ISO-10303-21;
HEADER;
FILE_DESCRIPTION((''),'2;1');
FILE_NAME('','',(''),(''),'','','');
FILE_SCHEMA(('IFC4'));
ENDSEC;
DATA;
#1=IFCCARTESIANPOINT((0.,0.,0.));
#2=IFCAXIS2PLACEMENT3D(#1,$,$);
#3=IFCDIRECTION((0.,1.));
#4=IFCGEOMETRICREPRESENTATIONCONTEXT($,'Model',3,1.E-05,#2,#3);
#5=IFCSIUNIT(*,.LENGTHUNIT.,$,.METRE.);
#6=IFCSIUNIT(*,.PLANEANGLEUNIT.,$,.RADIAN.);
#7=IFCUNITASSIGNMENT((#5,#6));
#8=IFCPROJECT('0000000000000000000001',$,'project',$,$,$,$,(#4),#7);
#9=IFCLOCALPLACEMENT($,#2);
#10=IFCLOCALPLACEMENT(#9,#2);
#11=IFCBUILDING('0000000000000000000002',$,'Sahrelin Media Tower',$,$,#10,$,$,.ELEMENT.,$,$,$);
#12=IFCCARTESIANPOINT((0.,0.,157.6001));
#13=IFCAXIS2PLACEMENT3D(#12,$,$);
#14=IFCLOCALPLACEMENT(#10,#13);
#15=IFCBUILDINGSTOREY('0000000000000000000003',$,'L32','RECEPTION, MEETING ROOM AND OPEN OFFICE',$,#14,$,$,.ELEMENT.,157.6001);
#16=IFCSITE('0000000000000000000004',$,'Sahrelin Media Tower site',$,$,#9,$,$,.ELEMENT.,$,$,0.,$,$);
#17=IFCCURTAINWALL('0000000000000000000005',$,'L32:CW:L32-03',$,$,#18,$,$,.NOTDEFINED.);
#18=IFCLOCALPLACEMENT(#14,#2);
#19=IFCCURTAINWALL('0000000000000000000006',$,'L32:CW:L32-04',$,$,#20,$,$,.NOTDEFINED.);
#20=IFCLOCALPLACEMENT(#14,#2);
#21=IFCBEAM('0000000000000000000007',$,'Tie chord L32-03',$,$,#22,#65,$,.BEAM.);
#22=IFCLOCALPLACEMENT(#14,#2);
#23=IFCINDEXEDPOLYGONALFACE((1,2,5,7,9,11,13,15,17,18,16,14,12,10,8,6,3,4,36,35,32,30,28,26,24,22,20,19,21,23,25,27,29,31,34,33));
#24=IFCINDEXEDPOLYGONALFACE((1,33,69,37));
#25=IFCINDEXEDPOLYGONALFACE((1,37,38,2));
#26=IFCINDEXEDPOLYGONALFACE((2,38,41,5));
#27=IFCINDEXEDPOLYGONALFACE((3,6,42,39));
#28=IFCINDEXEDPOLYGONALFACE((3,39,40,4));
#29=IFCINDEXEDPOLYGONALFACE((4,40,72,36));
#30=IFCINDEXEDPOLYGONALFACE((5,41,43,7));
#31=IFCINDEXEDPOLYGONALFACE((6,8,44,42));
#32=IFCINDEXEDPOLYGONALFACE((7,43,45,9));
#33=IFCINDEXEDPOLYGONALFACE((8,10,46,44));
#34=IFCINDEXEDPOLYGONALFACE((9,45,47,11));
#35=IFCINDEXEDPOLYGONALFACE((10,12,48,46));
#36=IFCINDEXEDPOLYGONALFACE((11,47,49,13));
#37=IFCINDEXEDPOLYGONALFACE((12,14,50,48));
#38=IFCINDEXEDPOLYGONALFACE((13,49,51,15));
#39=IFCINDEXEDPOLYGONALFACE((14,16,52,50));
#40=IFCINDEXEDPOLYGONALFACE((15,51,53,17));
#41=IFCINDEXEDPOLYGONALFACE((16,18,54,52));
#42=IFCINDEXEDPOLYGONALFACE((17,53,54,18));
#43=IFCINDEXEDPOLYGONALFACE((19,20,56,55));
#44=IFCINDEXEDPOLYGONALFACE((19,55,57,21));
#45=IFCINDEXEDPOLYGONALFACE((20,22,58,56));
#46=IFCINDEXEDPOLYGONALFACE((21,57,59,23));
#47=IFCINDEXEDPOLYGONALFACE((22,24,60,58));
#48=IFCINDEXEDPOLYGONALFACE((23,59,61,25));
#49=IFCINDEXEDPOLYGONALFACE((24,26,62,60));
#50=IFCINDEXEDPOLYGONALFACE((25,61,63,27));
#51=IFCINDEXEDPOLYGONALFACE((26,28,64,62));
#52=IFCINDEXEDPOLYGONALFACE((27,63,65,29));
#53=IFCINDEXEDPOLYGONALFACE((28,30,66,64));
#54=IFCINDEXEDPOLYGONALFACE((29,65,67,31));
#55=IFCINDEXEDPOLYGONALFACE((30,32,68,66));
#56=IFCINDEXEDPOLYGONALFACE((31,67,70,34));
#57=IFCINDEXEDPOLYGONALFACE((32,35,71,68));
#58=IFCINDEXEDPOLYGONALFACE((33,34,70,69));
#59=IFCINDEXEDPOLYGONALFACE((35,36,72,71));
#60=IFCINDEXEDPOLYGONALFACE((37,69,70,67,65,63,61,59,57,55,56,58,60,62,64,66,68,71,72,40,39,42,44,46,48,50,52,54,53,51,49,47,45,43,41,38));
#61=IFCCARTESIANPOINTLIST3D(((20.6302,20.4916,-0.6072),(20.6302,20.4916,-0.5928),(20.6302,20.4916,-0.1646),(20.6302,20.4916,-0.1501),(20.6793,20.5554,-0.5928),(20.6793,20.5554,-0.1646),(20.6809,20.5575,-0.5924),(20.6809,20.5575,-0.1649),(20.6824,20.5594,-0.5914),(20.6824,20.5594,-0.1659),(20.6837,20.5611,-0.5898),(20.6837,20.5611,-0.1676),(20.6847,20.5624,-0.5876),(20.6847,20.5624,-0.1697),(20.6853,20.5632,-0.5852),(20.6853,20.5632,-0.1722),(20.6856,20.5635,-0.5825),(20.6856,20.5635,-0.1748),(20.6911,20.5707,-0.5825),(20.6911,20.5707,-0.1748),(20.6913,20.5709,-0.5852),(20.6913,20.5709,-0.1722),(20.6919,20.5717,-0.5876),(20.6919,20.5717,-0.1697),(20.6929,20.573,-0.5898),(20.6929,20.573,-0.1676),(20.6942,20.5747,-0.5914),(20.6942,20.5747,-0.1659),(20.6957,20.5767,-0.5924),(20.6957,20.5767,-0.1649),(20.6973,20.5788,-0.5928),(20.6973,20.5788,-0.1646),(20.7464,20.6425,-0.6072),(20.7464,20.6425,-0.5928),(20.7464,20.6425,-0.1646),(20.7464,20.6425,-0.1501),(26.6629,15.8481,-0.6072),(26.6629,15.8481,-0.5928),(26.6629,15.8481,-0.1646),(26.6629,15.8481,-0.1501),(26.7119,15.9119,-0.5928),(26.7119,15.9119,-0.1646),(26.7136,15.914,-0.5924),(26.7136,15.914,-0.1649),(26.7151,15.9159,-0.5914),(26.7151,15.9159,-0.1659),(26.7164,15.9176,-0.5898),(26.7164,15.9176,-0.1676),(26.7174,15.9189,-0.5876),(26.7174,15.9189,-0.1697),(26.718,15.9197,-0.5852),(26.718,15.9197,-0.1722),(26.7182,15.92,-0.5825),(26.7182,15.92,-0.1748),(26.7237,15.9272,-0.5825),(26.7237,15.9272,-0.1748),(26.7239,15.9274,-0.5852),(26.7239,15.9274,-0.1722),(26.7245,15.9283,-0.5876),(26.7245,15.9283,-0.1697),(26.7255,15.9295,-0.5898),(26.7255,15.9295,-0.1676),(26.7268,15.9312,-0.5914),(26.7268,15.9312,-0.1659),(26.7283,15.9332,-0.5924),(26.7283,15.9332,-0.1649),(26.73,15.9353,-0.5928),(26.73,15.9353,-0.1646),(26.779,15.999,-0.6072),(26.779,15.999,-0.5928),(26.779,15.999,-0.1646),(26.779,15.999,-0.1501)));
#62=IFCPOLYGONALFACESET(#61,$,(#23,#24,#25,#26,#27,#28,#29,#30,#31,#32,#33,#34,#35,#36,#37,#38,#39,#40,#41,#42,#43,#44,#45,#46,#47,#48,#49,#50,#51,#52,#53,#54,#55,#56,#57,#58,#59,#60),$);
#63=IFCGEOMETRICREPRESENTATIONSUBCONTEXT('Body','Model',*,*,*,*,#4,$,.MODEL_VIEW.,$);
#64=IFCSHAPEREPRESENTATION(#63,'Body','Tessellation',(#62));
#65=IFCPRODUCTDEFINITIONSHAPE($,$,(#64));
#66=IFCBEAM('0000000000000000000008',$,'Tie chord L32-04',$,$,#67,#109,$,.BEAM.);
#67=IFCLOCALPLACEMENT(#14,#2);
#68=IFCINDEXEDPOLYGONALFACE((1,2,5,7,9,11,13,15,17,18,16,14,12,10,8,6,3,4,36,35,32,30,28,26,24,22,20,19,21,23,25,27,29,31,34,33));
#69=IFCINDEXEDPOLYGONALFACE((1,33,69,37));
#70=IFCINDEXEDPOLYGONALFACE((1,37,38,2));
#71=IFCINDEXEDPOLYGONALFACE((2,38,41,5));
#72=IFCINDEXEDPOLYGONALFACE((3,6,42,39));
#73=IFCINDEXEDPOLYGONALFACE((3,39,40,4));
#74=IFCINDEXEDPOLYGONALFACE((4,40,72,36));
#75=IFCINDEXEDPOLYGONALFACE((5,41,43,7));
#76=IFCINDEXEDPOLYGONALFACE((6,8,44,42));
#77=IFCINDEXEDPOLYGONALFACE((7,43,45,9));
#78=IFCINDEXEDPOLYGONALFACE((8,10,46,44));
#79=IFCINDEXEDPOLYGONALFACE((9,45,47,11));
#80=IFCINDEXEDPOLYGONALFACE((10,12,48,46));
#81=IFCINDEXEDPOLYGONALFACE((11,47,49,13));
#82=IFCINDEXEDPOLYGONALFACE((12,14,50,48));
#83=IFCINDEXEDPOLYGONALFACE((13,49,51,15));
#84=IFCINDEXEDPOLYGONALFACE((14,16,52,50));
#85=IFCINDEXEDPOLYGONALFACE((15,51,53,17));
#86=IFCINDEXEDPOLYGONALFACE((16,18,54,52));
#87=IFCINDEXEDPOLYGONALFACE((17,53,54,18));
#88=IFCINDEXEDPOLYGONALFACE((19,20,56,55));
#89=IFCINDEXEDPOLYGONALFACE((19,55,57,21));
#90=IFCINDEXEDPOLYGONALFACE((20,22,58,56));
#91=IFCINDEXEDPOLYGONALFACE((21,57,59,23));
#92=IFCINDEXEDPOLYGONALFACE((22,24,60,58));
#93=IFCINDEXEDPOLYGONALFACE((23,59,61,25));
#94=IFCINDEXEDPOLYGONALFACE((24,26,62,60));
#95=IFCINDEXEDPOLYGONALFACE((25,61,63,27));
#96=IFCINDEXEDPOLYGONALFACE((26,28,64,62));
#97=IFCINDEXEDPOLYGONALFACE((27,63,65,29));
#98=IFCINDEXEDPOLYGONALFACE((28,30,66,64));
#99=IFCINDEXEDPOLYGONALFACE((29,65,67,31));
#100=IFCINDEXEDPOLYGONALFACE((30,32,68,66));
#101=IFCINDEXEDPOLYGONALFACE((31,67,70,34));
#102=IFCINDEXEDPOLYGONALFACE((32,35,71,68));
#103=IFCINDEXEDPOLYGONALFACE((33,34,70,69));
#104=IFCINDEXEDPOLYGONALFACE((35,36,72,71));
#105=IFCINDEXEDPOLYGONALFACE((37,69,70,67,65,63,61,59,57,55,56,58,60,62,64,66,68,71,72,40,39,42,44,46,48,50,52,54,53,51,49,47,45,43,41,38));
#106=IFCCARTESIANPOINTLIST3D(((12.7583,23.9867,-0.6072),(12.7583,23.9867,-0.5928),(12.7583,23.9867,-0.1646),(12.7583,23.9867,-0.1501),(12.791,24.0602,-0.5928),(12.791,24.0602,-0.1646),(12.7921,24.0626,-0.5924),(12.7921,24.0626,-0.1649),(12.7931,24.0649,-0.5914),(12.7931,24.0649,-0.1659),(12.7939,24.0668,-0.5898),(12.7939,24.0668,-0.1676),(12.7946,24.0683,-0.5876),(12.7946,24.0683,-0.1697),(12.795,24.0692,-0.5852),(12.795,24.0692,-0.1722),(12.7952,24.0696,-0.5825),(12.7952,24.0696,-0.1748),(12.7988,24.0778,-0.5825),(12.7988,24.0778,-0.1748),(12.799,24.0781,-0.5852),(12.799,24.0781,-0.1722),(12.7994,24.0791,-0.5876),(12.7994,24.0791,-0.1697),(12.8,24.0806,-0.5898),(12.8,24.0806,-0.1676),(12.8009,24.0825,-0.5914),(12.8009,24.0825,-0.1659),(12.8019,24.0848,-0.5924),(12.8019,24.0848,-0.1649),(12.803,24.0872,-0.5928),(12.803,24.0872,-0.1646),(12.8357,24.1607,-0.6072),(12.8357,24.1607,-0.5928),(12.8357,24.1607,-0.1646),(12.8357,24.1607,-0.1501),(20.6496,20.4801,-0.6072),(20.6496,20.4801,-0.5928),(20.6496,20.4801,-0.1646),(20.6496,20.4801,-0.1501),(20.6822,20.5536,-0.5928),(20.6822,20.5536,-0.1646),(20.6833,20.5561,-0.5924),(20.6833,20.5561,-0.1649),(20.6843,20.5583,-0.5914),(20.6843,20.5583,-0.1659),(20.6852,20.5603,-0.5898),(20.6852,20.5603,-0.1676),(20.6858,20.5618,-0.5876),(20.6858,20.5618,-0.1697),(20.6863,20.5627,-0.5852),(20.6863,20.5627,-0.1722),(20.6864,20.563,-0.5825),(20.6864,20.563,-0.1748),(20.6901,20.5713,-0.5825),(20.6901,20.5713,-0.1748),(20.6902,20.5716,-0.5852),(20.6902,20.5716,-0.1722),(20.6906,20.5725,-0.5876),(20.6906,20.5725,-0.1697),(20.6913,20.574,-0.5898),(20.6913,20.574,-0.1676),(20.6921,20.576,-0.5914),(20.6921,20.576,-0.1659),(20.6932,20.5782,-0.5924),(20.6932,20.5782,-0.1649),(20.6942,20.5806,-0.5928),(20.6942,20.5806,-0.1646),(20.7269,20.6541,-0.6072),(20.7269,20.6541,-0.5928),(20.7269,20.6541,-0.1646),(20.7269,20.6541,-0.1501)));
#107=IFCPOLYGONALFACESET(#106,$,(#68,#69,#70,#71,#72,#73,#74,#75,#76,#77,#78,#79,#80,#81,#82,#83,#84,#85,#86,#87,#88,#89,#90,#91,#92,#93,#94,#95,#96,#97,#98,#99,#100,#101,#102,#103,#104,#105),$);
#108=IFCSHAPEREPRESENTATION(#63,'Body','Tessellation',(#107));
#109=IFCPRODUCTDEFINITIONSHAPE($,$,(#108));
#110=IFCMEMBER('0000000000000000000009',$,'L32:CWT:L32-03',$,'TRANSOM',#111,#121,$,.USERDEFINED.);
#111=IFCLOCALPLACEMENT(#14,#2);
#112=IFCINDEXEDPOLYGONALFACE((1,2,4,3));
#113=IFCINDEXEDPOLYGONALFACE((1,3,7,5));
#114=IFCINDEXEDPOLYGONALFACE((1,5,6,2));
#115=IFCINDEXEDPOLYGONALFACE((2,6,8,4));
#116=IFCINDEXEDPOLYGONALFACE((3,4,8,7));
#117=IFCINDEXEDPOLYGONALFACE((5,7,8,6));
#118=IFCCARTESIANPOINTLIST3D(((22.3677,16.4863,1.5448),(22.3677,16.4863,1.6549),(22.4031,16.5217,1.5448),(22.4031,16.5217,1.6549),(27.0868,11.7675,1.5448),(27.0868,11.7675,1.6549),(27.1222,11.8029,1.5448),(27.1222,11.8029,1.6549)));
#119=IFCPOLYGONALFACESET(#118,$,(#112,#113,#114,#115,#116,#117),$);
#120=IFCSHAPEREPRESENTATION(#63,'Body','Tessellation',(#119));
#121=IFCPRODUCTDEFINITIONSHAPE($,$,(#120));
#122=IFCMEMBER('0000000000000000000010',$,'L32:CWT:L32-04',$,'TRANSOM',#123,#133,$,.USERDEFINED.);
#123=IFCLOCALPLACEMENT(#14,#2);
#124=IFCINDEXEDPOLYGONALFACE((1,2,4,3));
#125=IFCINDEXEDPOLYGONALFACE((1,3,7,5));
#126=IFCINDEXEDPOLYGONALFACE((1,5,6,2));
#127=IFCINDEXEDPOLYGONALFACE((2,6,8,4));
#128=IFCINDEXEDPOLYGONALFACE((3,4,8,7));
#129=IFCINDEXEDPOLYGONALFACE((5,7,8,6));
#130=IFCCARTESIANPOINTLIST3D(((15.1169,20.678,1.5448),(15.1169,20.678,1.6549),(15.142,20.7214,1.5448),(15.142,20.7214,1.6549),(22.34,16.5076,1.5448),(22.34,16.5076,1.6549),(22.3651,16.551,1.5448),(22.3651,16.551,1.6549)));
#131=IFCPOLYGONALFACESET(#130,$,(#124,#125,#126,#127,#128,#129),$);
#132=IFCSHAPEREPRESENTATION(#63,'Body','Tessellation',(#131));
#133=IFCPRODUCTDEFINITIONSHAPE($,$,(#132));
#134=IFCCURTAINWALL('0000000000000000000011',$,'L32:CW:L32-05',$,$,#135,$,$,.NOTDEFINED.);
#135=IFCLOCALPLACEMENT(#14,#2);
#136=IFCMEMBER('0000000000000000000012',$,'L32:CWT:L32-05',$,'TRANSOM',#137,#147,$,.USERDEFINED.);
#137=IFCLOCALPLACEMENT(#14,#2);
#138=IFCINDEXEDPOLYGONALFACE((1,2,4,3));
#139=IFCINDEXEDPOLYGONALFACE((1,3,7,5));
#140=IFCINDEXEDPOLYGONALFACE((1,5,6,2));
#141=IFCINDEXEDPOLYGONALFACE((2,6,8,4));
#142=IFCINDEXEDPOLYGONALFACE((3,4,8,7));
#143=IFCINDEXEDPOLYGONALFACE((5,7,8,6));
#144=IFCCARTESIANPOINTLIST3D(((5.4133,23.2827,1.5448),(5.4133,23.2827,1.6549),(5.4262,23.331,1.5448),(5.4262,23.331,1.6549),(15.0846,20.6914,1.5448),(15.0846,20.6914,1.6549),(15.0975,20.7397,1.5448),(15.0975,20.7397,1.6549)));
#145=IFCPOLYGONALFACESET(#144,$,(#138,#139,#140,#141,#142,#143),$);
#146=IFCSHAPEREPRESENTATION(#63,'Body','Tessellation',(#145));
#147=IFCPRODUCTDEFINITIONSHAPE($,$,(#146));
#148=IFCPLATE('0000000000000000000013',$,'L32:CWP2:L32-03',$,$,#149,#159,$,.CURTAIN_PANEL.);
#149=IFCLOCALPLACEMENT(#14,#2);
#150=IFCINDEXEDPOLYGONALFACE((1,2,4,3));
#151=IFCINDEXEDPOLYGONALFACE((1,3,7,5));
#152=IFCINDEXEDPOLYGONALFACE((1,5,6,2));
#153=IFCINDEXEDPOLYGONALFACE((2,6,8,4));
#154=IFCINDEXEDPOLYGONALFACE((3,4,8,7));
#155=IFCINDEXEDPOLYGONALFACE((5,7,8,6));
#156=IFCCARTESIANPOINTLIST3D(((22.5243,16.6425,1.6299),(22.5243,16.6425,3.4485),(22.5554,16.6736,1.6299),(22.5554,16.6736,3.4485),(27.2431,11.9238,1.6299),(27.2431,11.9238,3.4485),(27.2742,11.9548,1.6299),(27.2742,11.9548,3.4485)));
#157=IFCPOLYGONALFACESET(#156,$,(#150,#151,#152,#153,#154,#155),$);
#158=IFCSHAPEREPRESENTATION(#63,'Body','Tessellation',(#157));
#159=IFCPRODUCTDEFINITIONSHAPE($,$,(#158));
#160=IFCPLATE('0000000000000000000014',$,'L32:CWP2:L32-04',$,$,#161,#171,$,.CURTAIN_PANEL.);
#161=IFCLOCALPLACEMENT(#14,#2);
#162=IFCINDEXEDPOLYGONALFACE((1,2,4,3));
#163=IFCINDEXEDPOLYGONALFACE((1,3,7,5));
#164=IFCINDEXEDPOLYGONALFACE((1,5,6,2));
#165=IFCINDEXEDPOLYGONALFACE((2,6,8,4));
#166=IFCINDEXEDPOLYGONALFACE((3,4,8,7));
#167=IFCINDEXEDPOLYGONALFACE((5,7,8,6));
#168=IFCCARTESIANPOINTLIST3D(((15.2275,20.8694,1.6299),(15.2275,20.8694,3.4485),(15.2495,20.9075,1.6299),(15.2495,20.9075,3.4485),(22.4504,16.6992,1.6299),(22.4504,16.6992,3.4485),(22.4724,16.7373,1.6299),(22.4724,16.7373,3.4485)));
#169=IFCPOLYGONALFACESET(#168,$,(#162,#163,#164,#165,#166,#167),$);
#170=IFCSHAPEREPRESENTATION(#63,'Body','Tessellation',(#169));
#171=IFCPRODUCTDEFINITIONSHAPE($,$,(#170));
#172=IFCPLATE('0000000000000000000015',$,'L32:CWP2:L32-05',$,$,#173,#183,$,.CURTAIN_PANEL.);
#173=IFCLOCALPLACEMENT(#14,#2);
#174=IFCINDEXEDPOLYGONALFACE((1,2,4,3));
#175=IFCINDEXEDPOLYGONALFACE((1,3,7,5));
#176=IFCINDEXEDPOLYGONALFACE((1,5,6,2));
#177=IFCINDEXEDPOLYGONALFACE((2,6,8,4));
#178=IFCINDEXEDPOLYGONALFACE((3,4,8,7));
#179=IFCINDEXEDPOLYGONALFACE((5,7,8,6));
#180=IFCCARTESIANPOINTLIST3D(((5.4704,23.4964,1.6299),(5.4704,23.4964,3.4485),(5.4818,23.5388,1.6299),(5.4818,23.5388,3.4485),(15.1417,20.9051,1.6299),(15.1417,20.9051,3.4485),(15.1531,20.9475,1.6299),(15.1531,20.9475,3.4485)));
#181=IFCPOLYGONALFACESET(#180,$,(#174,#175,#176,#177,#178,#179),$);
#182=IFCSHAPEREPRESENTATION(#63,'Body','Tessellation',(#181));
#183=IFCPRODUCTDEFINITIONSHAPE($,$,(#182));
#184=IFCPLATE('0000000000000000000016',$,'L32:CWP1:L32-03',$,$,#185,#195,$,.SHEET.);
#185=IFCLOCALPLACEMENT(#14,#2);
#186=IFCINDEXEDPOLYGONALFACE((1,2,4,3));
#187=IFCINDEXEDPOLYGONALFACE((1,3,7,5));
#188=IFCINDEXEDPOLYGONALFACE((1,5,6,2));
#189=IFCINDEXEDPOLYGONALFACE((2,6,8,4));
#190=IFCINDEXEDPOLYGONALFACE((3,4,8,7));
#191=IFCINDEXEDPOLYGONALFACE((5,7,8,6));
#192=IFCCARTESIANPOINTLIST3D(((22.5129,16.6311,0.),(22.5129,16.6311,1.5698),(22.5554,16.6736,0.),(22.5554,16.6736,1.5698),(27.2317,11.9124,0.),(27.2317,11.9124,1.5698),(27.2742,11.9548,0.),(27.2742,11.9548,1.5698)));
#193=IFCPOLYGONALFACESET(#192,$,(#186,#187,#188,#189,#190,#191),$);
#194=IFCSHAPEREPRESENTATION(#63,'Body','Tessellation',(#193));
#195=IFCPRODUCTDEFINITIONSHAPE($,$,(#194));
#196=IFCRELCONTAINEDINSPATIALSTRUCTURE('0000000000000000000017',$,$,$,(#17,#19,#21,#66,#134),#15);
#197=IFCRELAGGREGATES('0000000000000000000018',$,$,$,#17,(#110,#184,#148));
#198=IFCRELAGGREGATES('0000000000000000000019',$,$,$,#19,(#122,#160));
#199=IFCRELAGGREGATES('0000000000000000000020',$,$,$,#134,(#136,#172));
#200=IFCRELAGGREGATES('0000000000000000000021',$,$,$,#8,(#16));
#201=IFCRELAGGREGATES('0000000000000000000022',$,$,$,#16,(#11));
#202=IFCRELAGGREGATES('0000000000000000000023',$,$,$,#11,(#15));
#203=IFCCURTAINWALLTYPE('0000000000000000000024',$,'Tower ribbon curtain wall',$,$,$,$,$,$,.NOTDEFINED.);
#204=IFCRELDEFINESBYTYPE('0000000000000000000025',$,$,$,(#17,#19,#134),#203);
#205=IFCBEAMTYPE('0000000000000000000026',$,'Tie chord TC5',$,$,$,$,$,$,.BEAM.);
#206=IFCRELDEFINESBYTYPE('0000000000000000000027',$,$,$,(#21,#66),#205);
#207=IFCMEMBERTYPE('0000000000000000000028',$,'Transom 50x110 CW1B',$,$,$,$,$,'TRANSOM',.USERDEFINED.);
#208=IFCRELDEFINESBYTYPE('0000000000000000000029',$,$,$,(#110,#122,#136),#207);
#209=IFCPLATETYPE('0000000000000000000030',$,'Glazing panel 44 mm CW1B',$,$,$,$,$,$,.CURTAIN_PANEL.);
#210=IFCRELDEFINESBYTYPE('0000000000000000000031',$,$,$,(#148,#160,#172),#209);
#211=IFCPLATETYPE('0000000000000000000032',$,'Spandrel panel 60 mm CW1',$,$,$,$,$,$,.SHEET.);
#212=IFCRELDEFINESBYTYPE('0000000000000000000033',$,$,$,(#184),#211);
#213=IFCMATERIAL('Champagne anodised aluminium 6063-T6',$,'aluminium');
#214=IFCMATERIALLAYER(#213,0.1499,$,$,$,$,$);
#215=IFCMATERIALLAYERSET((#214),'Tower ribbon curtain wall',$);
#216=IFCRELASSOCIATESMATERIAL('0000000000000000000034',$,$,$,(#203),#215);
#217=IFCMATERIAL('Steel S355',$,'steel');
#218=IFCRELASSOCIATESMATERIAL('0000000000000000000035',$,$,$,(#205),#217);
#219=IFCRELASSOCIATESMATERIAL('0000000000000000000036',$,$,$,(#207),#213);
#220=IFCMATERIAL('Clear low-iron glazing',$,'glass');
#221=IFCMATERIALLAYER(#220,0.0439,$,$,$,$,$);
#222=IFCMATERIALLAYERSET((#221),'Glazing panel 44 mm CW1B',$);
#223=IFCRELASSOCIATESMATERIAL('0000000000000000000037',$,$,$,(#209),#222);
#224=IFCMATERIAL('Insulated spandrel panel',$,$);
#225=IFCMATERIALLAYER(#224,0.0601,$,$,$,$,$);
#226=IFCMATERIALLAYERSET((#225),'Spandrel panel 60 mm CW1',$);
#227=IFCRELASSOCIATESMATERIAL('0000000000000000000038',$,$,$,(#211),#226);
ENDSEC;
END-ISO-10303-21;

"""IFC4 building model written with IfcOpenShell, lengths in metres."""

from ifc_helpers import new_model, si_unit, direction, frame, origin, origin_2d, place, context, subcontext, project, spatial, polyline, rectangle, i_section, outline, extrude, material, layer, layer_set, material_profile, profile_set, type_object, element, aggregate, save


model = new_model("IFC4")

# Units and contexts
model_context = context("Model", 3, precision=1e-05, world=origin(), true_north=direction((0.0, 1.0)))
body_context = subcontext(model_context, "Body", "Model", "MODEL_VIEW")
ifc_project = project(units=[si_unit("LENGTHUNIT", "METRE"), si_unit("PLANEANGLEUNIT", "RADIAN")], contexts=[model_context])

# Site, building, storey
site_placement = place(None, origin())
site = spatial("IfcSite", under=ifc_project, at=site_placement, Name="Sahrelin Media Tower site", CompositionType="ELEMENT", RefElevation=0.0)
building_placement = place(site_placement, origin())
building = spatial("IfcBuilding", under=site, at=building_placement, Name="Sahrelin Media Tower", CompositionType="ELEMENT")
storey_placement = place(building_placement, frame((0.0, 0.0, 157.6001)))
storey = spatial("IfcBuildingStorey", under=building, at=storey_placement, Name="L32", Description="RECEPTION, MEETING ROOM AND OPEN OFFICE", CompositionType="ELEMENT", Elevation=157.6001)

# Shared definitions
ifc_material_1 = material(Name="Steel S355", Category="steel")

# Curtain walls
ifc_material_2 = material(Name="Champagne anodised aluminium 6063-T6", Category="aluminium")
ifc_layer_1 = layer(ifc_material_2, 0.1499)
ifc_layer_set_1 = layer_set([ifc_layer_1], Name="Tower ribbon curtain wall")
curtain_wall_type = type_object("IfcCurtainWallType", Name="Tower ribbon curtain wall", PredefinedType="NOTDEFINED", material=ifc_layer_set_1)
curtain_wall_1_placement = place(storey_placement, frame((24.9006, 14.3003, 0.0), z_axis=(0.0, 0.0, 1.0), x_axis=(1.0, 0.0, 0.0)))
curtain_wall_1 = element("IfcCurtainWall", 1, at=curtain_wall_1_placement, inside=storey, type_object=curtain_wall_type, Name="L32:CW:L32-03", PredefinedType="NOTDEFINED")
curtain_wall_2_placement = place(storey_placement, frame((18.8511, 18.8049, 0.0), z_axis=(0.0, 0.0, 1.0), x_axis=(1.0, 0.0, 0.0)))
curtain_wall_2 = element("IfcCurtainWall", 2, at=curtain_wall_2_placement, inside=storey, type_object=curtain_wall_type, Name="L32:CW:L32-04", PredefinedType="NOTDEFINED")

# Beams
ifc_material_profile_1 = material_profile(ifc_material_1, i_section(OverallWidth=0.1904, OverallDepth=0.457, WebThickness=0.009, FlangeThickness=0.0144, FilletRadius=0.0103, at=origin_2d()), Name="UB 457x191x74")
ifc_profile_set_1 = profile_set([ifc_material_profile_1], Name="Steel S355")
beam_type_1 = type_object("IfcBeamType", Name="Tie chord TC5", PredefinedType="BEAM", material=ifc_profile_set_1)
beam_1_placement = place(storey_placement, frame((26.7209, 15.9236, -0.3787), z_axis=(-0.792433, 0.609959, 0.0), x_axis=(-0.609959, -0.792433, 0.0)))
element("IfcBeam", 3, at=beam_1_placement, inside=storey, type_object=beam_type_1, Name="Tie chord L32-03", PredefinedType="BEAM", context=body_context, shape_type="SweptSolid", body=[
    extrude(i_section(OverallWidth=0.1904, OverallDepth=0.457, WebThickness=0.009, FlangeThickness=0.0144, FilletRadius=0.0103, at=origin_2d()), origin(), (0.0, 0.0, 1.0), 7.6128),
])
beam_2_placement = place(storey_placement, frame((20.6882, 20.5671, -0.3787), z_axis=(-0.913841, 0.406073, 0.0), x_axis=(-0.406073, -0.913841, 0.0)))
element("IfcBeam", 4, at=beam_2_placement, inside=storey, type_object=beam_type_1, Name="Tie chord L32-04", PredefinedType="BEAM", context=body_context, shape_type="SweptSolid", body=[
    extrude(i_section(OverallWidth=0.1904, OverallDepth=0.457, WebThickness=0.009, FlangeThickness=0.0144, FilletRadius=0.0103, at=origin_2d()), origin(), (0.0, 0.0, 1.0), 8.6353),
])

# Members
ifc_material_profile_2 = material_profile(ifc_material_2, rectangle(XDim=0.05, YDim=0.1101, at=origin_2d()), Name="Transom 50x110")
ifc_profile_set_2 = profile_set([ifc_material_profile_2], Name="Champagne anodised aluminium 6063-T6")
member_type_1 = type_object("IfcMemberType", Name="Transom 50x110 CW1B", ElementType="TRANSOM", PredefinedType="USERDEFINED", material=ifc_profile_set_2)
member_1_placement = place(storey_placement, frame((27.1045, 11.7852, 1.5999), z_axis=(-0.707125, 0.707088, 0.0), x_axis=(-0.707088, -0.707125, 0.0)))
member_1 = element("IfcMember", 5, at=member_1_placement, type_object=member_type_1, Name="L32:CWT:L32-03", ObjectType="TRANSOM", PredefinedType="USERDEFINED", context=body_context, shape_type="SweptSolid", body=[
    extrude(rectangle(XDim=0.05, YDim=0.1101, at=origin_2d()), origin(), (0.0, 0.0, 1.0), 6.6736),
])
member_2_placement = place(storey_placement, frame((22.3525, 16.5293, 1.5999), z_axis=(-0.866019, 0.500011, 0.0), x_axis=(-0.500011, -0.866019, 0.0)))
member_2 = element("IfcMember", 6, at=member_2_placement, type_object=member_type_1, Name="L32:CWT:L32-04", ObjectType="TRANSOM", PredefinedType="USERDEFINED", context=body_context, shape_type="SweptSolid", body=[
    extrude(rectangle(XDim=0.05, YDim=0.1101, at=origin_2d()), origin(), (0.0, 0.0, 1.0), 8.3406),
])

# Curtain wall, member
curtain_wall_3_placement = place(storey_placement, frame((10.3123, 22.2236, 0.0), z_axis=(0.0, 0.0, 1.0), x_axis=(1.0, 0.0, 0.0)))
curtain_wall_3 = element("IfcCurtainWall", 7, at=curtain_wall_3_placement, inside=storey, type_object=curtain_wall_type, Name="L32:CW:L32-05", PredefinedType="NOTDEFINED")
member_3_placement = place(storey_placement, frame((15.0911, 20.7156, 1.5999), z_axis=(-0.965929, 0.258807, 0.0), x_axis=(-0.258807, -0.965929, 0.0)))
member_3 = element("IfcMember", 8, at=member_3_placement, type_object=member_type_1, Name="L32:CWT:L32-05", ObjectType="TRANSOM", PredefinedType="USERDEFINED", context=body_context, shape_type="SweptSolid", body=[
    extrude(rectangle(XDim=0.05, YDim=0.1101, at=origin_2d()), origin(), (0.0, 0.0, 1.0), 10.0125),
])

# Plates
ifc_material_3 = material(Name="Clear low-iron glazing", Category="glass")
ifc_layer_2 = layer(ifc_material_3, 0.0439)
ifc_layer_set_2 = layer_set([ifc_layer_2], Name="Glazing panel 44 mm CW1B")
plate_type_1 = type_object("IfcPlateType", Name="Glazing panel 44 mm CW1B", PredefinedType="CURTAIN_PANEL", material=ifc_layer_set_2)
plate_1_placement = place(storey_placement, frame((27.2742, 11.9548, 1.6299), z_axis=(0.707107, 0.707107, 0.0), x_axis=(-0.707107, 0.707107, 0.0)))
plate_1 = element("IfcPlate", 9, at=plate_1_placement, type_object=plate_type_1, Name="L32:CWP2:L32-03", PredefinedType="CURTAIN_PANEL", context=body_context, shape_type="SweptSolid", body=[
    extrude(outline(polyline([(0.0, 0.0), (6.6733, 0.0), (6.6733, 1.8186), (0.0, 1.8186), (0.0, 0.0)])), origin(), (0.0, 0.0, -1.0), 0.0439),
])
plate_2_placement = place(storey_placement, frame((22.4724, 16.7373, 1.6299), z_axis=(0.500002, 0.866024, 0.0), x_axis=(-0.866024, 0.500002, 0.0)))
plate_2 = element("IfcPlate", 10, at=plate_2_placement, type_object=plate_type_1, Name="L32:CWP2:L32-04", PredefinedType="CURTAIN_PANEL", context=body_context, shape_type="SweptSolid", body=[
    extrude(outline(polyline([(0.0, 0.0), (8.3403, 0.0), (8.3403, 1.8186), (0.0, 1.8186), (0.0, 0.0)])), origin(), (0.0, 0.0, -1.0), 0.0439),
])
plate_3_placement = place(storey_placement, frame((15.1531, 20.9475, 1.6299), z_axis=(0.258807, 0.965929, 0.0), x_axis=(-0.965929, 0.258807, 0.0)))
plate_3 = element("IfcPlate", 11, at=plate_3_placement, type_object=plate_type_1, Name="L32:CWP2:L32-05", PredefinedType="CURTAIN_PANEL", context=body_context, shape_type="SweptSolid", body=[
    extrude(outline(polyline([(0.0, 0.0), (10.0125, 0.0), (10.0125, 1.8186), (0.0, 1.8186), (0.0, 0.0)])), origin(), (0.0, 0.0, -1.0), 0.0439),
])
ifc_material_4 = material(Name="Insulated spandrel panel")
ifc_layer_3 = layer(ifc_material_4, 0.0601)
ifc_layer_set_3 = layer_set([ifc_layer_3], Name="Spandrel panel 60 mm CW1")
plate_type_2 = type_object("IfcPlateType", Name="Spandrel panel 60 mm CW1", PredefinedType="SHEET", material=ifc_layer_set_3)
plate_4_placement = place(storey_placement, frame((27.2742, 11.9548, 0.0), z_axis=(0.707107, 0.707107, 0.0), x_axis=(-0.707107, 0.707107, 0.0)))
plate_4 = element("IfcPlate", 12, at=plate_4_placement, type_object=plate_type_2, Name="L32:CWP1:L32-03", PredefinedType="SHEET", context=body_context, shape_type="SweptSolid", body=[
    extrude(outline(polyline([(0.0, 0.0), (6.6733, 0.0), (6.6733, 1.5698), (0.0, 1.5698), (0.0, 0.0)])), origin(), (0.0, 0.0, -1.0), 0.0601),
])
aggregate(curtain_wall_1, [member_1, plate_4, plate_1])
aggregate(curtain_wall_2, [member_2, plate_2])
aggregate(curtain_wall_3, [member_3, plate_3])

save(model, "model.ifc")
